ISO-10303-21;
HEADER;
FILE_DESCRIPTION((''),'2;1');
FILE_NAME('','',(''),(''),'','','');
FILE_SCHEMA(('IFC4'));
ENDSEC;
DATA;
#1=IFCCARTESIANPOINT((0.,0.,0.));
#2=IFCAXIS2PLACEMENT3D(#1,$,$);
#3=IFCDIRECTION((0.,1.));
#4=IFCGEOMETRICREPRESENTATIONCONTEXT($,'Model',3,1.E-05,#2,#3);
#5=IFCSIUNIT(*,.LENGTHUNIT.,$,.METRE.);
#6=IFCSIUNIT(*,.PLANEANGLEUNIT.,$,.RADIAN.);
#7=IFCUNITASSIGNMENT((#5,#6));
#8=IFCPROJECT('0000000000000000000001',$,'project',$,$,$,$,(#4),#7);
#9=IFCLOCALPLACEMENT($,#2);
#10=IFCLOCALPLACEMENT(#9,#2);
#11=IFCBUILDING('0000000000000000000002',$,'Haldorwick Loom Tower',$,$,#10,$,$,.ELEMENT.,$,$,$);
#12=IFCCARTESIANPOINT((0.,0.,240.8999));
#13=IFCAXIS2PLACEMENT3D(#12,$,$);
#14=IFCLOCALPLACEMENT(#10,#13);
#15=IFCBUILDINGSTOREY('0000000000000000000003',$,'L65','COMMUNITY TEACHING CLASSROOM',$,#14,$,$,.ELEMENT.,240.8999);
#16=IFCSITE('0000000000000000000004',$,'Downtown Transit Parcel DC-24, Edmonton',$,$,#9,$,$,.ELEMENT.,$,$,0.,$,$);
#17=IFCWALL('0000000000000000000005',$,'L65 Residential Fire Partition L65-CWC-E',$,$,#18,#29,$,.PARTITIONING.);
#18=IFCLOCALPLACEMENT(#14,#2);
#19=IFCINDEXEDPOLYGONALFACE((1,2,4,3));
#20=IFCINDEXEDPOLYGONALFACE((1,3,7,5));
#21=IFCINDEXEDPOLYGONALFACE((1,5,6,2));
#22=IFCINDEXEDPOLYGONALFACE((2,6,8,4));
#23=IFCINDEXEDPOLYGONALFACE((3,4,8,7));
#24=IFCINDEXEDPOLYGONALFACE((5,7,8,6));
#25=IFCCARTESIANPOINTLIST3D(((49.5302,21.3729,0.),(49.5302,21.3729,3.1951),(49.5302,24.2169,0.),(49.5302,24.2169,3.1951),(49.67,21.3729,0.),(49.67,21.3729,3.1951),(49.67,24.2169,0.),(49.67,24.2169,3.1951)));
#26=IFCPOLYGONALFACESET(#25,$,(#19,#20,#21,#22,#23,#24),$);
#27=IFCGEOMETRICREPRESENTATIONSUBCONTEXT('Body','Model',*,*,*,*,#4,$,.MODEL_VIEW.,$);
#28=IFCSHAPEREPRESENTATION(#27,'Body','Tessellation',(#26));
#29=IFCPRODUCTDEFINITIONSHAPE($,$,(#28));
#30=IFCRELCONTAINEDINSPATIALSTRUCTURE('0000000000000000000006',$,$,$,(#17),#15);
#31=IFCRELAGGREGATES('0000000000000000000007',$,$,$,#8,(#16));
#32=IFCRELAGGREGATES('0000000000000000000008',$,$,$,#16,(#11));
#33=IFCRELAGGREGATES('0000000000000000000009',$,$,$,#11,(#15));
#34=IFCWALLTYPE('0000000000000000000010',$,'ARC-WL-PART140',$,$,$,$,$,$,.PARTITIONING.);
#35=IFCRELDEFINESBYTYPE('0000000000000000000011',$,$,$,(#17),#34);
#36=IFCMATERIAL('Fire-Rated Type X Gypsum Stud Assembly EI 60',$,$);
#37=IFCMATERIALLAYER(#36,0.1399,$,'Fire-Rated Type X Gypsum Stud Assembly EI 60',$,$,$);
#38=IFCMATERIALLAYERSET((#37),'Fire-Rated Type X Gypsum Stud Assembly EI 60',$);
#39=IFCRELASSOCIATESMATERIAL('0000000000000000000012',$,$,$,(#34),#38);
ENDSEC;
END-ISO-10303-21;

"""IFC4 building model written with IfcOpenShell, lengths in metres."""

from ifc_helpers import new_model, si_unit, direction, frame, frame_2d, origin, place, context, subcontext, project, spatial, rectangle, extrude, material, layer, layer_set, type_object, element, save


model = new_model("IFC4")

# Units and contexts
model_context = context("Model", 3, precision=1e-05, world=origin(), true_north=direction((0.0, 1.0)))
body_context = subcontext(model_context, "Body", "Model", "MODEL_VIEW")
ifc_project = project(units=[si_unit("LENGTHUNIT", "METRE"), si_unit("PLANEANGLEUNIT", "RADIAN")], contexts=[model_context])

# Site, building, storey
site_placement = place(None, origin())
site = spatial("IfcSite", under=ifc_project, at=site_placement, Name="Downtown Transit Parcel DC-24, Edmonton", CompositionType="ELEMENT", RefElevation=0.0)
building_placement = place(site_placement, origin())
building = spatial("IfcBuilding", under=site, at=building_placement, Name="Haldorwick Loom Tower", CompositionType="ELEMENT")
storey_placement = place(building_placement, frame((0.0, 0.0, 240.8999)))
storey = spatial("IfcBuildingStorey", under=building, at=storey_placement, Name="L65", Description="COMMUNITY TEACHING CLASSROOM", CompositionType="ELEMENT", Elevation=240.8999)

# Shared definitions
ifc_material_1 = material(Name="Fire-Rated Type X Gypsum Stud Assembly EI 60")

# Wall
ifc_layer_1 = layer(ifc_material_1, 0.1399, Name="Fire-Rated Type X Gypsum Stud Assembly EI 60")
ifc_layer_set_1 = layer_set([ifc_layer_1], Name="Fire-Rated Type X Gypsum Stud Assembly EI 60")
wall_type_1 = type_object("IfcWallType", Name="ARC-WL-PART140", PredefinedType="PARTITIONING", material=ifc_layer_set_1)
wall_1_placement = place(storey_placement, frame((49.6001, 21.373, 0.0), z_axis=(0.0, 0.0, 1.0), x_axis=(0.0, 1.0, 0.0)))
element("IfcWall", 1, at=wall_1_placement, inside=storey, type_object=wall_type_1, Name="L65 Residential Fire Partition L65-CWC-E", PredefinedType="PARTITIONING", context=body_context, shape_type="SweptSolid", body=[
    extrude(rectangle(XDim=2.844, YDim=0.1399, at=frame_2d((1.4219, 0.0))), origin(), (0.0, 0.0, 1.0), 3.1951),
])

save(model, "model.ifc")
